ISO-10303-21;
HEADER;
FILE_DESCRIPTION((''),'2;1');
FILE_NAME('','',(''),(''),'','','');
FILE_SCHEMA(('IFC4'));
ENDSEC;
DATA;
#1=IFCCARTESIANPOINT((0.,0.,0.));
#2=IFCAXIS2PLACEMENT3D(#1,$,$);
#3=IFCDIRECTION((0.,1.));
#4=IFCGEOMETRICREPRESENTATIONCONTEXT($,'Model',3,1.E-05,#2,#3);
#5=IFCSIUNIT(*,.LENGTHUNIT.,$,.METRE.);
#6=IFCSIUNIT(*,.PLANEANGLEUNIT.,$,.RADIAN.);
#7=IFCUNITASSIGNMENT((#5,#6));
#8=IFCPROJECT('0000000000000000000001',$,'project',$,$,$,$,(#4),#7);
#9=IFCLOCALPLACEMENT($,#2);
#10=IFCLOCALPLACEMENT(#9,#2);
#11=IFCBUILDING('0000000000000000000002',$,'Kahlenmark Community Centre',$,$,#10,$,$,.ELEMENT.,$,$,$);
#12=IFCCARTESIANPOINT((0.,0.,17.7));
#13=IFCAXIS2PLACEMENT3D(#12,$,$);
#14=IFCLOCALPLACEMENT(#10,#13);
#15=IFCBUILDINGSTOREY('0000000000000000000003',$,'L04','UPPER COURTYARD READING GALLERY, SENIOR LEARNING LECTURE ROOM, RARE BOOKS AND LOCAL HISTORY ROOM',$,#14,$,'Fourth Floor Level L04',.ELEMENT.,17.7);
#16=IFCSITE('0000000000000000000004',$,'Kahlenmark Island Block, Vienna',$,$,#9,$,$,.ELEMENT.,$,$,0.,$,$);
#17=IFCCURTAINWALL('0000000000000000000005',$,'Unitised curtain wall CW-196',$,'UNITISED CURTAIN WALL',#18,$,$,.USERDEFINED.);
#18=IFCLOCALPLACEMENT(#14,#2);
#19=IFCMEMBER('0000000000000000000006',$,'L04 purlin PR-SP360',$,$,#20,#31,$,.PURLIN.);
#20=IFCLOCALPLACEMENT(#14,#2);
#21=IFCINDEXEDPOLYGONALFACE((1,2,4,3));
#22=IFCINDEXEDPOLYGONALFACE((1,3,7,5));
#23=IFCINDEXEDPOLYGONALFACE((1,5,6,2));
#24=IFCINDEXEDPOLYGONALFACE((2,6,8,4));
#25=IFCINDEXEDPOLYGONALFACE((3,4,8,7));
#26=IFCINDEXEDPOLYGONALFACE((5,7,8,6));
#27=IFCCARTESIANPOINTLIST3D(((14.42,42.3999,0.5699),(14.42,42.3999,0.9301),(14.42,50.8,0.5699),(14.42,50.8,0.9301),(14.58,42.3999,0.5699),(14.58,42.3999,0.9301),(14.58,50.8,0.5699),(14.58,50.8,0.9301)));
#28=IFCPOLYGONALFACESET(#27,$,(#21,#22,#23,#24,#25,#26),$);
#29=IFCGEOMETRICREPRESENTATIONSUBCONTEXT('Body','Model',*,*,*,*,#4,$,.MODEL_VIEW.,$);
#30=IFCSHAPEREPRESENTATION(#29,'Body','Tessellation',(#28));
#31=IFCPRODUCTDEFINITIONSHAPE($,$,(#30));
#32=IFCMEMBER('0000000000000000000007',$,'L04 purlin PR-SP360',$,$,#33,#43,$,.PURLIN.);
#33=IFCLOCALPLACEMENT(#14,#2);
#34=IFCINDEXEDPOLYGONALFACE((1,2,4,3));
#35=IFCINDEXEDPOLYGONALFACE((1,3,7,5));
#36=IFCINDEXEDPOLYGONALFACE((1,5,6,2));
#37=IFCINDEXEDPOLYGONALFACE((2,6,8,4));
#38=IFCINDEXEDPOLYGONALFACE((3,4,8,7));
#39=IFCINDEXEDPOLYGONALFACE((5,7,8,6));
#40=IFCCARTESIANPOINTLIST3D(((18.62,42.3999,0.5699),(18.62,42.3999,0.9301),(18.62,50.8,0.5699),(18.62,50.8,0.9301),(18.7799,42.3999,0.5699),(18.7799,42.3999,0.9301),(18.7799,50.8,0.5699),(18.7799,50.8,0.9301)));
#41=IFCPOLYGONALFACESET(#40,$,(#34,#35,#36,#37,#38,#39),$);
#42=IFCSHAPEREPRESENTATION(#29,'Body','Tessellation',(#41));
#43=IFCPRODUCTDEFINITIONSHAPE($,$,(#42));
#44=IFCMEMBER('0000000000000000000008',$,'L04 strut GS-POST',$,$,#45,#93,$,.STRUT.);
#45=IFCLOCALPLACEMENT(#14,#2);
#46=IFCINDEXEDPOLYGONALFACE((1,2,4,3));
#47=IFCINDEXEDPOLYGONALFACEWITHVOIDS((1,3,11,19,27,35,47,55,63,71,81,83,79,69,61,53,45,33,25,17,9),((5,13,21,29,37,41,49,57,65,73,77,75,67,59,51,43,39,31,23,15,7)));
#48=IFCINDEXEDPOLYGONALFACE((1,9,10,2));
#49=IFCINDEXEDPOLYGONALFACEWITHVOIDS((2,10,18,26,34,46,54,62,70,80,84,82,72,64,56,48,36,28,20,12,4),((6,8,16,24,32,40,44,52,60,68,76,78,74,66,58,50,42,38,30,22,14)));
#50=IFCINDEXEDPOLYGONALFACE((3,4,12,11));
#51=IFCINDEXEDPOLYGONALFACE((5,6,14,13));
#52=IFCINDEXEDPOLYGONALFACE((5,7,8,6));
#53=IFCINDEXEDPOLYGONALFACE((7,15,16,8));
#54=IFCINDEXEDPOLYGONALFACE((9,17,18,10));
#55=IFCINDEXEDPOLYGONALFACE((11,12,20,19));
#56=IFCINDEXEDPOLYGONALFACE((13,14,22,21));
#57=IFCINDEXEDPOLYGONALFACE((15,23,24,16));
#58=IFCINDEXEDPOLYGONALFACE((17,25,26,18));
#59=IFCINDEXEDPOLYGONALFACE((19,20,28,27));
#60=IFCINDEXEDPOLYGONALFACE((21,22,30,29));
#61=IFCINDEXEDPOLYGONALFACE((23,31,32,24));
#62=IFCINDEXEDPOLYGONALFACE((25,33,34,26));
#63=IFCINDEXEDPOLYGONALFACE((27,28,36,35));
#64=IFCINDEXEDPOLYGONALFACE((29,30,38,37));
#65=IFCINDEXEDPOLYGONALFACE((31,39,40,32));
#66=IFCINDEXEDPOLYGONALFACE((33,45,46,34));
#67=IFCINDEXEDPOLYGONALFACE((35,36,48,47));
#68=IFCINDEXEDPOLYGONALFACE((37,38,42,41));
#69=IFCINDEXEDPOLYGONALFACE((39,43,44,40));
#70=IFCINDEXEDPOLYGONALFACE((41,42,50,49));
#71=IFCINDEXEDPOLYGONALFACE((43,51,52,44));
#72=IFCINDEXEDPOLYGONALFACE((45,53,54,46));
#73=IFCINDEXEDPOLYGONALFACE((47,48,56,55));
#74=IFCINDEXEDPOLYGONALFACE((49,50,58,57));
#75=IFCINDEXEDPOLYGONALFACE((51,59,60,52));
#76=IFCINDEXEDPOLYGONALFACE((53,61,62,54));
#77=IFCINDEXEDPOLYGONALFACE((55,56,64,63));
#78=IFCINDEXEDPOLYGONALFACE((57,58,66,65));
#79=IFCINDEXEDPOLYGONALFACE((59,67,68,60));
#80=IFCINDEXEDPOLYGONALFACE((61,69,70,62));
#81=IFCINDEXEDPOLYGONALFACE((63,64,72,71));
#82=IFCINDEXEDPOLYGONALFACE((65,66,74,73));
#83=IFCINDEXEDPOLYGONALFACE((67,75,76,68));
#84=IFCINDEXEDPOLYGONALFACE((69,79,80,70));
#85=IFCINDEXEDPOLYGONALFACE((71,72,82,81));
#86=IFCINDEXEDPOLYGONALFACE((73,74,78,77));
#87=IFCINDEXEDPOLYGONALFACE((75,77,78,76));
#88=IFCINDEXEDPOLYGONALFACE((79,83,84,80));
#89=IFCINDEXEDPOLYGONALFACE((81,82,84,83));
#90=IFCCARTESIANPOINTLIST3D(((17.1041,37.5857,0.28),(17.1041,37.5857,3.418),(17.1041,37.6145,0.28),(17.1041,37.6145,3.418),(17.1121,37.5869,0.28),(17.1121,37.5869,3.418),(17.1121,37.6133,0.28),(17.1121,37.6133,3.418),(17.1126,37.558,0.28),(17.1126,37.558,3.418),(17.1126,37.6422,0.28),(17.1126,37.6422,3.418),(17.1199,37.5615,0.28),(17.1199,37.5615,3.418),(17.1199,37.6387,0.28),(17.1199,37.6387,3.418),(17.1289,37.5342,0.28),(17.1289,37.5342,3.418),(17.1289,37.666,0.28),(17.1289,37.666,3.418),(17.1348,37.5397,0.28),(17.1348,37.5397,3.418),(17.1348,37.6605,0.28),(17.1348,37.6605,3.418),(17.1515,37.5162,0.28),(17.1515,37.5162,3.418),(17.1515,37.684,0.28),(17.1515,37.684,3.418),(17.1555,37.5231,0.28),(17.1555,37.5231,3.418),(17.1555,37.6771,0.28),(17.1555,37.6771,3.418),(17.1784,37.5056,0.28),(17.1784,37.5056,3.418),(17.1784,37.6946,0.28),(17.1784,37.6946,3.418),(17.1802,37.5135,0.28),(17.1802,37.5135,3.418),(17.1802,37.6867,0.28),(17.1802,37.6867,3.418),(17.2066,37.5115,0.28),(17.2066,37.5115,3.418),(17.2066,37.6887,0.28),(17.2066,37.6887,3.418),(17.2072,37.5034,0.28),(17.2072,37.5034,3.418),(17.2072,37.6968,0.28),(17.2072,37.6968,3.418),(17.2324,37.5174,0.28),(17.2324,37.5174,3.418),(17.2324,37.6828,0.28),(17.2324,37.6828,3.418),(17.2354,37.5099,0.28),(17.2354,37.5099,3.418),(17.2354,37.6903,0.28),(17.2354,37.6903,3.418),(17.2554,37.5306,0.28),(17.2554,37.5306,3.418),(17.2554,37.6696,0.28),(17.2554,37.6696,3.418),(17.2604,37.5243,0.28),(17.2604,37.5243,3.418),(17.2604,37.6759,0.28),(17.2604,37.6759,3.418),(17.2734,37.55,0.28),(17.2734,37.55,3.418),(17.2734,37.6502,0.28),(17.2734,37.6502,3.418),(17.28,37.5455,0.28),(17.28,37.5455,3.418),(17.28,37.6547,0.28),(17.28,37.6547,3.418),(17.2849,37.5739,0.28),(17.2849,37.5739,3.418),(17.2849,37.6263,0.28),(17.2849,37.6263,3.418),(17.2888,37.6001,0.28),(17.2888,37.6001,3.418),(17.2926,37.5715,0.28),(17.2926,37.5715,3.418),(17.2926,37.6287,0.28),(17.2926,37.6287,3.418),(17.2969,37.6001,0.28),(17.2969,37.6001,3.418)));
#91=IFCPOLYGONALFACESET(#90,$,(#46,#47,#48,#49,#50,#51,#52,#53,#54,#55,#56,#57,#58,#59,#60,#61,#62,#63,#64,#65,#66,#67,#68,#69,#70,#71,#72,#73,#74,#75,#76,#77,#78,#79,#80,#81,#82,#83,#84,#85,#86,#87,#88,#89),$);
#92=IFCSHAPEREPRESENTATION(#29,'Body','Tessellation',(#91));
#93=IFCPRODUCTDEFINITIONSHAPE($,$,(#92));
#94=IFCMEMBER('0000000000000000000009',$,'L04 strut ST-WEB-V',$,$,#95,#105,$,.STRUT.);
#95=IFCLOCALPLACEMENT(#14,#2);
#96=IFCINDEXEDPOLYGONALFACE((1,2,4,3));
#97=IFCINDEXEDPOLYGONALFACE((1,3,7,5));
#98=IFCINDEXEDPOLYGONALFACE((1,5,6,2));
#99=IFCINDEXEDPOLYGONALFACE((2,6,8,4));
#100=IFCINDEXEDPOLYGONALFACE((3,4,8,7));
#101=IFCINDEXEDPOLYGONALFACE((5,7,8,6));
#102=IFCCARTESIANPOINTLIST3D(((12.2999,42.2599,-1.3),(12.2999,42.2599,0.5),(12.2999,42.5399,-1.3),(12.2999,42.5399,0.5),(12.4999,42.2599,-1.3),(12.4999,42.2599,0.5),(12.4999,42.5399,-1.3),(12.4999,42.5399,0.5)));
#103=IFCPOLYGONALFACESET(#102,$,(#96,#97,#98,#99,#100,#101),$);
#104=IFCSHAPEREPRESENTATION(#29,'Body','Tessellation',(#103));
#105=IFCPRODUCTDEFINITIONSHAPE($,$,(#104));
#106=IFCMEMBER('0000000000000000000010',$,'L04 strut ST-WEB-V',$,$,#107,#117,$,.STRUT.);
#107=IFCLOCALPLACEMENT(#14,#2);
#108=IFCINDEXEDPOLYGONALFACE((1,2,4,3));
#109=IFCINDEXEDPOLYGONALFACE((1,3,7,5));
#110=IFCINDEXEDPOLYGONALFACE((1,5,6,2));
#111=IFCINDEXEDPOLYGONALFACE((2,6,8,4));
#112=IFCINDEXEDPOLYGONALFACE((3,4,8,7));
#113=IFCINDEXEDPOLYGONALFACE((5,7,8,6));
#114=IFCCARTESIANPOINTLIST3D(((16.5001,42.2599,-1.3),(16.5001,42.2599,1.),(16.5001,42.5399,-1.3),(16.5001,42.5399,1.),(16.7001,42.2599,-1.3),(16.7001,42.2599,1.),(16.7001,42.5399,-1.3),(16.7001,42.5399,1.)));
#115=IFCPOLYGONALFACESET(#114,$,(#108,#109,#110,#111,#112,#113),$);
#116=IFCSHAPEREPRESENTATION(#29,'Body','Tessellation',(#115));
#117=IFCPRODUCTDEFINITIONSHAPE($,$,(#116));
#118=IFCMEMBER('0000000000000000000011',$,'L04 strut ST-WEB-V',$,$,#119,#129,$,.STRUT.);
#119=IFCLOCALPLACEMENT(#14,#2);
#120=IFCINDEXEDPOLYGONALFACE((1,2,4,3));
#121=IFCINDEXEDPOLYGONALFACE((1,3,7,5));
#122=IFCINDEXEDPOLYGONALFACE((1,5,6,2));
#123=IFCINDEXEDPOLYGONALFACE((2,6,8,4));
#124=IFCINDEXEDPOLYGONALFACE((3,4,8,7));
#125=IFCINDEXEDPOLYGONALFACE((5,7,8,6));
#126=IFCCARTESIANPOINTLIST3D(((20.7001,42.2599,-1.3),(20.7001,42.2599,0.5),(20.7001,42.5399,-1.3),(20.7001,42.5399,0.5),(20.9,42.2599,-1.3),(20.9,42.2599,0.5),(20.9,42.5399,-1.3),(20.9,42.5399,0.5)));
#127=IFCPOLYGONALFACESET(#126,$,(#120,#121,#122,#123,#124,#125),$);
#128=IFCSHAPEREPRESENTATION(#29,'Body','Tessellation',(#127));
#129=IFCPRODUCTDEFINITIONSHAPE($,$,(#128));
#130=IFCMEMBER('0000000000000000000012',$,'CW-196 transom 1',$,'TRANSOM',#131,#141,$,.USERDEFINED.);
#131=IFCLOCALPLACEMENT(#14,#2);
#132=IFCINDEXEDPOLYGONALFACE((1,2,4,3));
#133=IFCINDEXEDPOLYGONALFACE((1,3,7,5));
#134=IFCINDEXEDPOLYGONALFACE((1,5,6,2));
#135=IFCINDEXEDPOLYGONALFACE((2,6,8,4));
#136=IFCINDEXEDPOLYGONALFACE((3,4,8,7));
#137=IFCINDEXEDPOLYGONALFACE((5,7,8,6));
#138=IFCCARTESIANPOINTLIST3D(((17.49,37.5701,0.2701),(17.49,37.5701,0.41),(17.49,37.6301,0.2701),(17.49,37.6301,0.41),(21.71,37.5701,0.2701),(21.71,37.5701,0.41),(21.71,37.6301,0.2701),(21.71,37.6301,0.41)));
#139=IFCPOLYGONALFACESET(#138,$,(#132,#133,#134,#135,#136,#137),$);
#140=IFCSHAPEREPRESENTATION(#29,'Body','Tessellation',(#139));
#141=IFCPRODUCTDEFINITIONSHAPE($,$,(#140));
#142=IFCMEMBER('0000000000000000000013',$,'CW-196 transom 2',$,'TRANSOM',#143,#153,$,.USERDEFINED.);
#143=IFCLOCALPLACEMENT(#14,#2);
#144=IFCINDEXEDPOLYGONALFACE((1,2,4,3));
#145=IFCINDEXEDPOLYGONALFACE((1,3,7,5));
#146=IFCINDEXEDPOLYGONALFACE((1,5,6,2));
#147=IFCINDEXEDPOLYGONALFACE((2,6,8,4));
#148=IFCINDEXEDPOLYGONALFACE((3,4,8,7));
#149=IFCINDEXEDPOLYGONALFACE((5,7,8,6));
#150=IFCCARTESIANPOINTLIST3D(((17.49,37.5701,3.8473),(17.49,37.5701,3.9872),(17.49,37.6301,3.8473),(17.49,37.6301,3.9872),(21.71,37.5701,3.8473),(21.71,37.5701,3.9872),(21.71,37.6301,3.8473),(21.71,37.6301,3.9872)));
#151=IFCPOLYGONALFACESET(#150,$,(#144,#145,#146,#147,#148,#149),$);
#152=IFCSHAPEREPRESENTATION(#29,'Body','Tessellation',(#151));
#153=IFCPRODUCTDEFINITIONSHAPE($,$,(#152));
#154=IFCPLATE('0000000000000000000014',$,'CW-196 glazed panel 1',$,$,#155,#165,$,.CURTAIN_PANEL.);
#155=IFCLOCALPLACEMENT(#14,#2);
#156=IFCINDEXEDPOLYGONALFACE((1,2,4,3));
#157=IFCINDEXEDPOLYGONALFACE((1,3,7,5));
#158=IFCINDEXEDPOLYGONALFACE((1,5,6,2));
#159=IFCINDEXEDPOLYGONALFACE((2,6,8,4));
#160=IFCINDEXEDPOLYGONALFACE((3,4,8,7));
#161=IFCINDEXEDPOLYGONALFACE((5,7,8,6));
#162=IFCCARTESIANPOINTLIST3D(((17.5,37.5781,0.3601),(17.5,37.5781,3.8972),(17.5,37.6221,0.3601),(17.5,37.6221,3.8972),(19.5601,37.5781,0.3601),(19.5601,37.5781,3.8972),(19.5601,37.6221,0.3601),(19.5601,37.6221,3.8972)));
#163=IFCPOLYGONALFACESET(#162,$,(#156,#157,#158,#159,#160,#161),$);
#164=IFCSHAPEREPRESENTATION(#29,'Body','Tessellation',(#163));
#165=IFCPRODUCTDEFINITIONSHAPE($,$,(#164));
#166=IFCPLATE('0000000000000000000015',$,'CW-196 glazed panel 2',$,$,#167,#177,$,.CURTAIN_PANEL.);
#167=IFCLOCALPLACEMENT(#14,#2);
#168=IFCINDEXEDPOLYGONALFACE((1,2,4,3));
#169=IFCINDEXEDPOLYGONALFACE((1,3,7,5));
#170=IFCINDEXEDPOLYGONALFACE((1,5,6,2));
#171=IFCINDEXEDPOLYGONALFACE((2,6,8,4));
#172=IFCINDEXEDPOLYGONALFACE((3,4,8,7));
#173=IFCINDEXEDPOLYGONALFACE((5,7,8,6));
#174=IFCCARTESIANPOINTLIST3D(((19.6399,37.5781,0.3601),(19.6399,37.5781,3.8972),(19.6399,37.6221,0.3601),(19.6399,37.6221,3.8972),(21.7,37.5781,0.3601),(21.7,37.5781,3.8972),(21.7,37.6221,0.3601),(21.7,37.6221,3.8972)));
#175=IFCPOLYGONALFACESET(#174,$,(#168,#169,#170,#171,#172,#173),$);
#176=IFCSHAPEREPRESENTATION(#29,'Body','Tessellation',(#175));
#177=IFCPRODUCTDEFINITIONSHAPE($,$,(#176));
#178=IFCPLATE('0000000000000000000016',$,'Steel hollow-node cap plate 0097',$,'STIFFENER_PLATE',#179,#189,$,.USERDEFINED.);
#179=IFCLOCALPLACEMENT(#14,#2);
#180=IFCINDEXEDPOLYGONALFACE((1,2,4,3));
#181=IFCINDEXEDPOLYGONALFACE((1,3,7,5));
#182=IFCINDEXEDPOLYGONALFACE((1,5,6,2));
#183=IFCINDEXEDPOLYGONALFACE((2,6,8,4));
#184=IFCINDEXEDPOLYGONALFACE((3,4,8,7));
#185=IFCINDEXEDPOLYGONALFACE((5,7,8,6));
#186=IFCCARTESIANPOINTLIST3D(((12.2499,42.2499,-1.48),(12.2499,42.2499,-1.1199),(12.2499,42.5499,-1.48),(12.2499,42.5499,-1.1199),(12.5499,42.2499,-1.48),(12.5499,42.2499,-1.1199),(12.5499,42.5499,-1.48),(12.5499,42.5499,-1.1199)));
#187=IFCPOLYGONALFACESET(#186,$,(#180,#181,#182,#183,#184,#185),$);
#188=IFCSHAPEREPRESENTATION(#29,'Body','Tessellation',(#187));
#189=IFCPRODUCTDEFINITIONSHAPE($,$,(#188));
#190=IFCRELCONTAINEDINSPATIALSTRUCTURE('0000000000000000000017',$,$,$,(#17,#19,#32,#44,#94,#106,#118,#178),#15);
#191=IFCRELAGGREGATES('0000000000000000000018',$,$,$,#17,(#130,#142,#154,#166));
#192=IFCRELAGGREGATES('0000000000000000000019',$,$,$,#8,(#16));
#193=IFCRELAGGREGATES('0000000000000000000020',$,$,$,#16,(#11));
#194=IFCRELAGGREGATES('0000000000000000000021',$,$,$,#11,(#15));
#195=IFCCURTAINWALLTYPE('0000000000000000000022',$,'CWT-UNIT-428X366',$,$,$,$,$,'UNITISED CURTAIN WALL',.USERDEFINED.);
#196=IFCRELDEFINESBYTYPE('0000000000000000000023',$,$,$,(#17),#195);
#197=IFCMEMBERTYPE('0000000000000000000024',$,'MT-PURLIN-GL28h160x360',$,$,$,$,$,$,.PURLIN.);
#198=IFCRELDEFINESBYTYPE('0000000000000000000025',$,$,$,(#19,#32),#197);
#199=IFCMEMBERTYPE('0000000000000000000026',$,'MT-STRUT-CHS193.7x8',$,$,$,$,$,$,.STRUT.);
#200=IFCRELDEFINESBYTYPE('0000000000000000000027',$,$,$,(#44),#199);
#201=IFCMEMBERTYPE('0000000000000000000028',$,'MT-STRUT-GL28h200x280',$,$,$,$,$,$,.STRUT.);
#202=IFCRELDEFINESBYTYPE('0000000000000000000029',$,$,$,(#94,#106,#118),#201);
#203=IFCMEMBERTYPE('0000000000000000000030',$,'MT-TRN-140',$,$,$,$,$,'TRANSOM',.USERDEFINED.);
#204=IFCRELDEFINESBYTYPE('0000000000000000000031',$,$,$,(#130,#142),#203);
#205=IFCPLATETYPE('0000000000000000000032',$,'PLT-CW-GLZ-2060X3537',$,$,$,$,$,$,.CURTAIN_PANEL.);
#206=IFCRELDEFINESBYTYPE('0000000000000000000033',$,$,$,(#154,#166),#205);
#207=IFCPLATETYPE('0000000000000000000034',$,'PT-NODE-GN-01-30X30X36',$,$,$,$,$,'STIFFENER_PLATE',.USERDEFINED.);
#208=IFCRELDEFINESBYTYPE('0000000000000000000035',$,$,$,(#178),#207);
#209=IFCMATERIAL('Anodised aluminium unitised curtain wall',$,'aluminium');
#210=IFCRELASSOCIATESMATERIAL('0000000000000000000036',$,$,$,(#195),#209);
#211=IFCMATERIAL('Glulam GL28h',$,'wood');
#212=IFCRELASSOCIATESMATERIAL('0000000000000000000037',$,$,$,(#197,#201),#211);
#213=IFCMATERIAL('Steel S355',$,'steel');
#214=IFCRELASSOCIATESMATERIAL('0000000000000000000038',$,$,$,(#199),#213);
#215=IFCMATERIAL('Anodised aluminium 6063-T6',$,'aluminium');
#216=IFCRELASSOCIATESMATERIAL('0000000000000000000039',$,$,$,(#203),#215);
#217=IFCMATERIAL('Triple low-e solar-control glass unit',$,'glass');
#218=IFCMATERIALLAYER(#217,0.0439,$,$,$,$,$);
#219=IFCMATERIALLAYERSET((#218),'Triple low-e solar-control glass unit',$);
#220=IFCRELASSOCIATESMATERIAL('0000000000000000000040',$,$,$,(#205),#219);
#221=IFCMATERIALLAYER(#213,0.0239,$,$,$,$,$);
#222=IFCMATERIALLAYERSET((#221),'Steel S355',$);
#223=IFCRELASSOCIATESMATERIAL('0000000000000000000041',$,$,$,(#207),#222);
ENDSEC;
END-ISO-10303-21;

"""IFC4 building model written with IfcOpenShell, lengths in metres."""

from ifc_helpers import new_model, si_unit, direction, frame, origin, origin_2d, place, context, subcontext, project, spatial, rectangle, hollow_circle, extrude, material, layer, layer_set, material_profile, profile_set, type_object, element, aggregate, save


model = new_model("IFC4")

# Units and contexts
model_context = context("Model", 3, precision=1e-05, world=origin(), true_north=direction((0.0, 1.0)))
body_context = subcontext(model_context, "Body", "Model", "MODEL_VIEW")
ifc_project = project(units=[si_unit("LENGTHUNIT", "METRE"), si_unit("PLANEANGLEUNIT", "RADIAN")], contexts=[model_context])

# Site, building, storey
site_placement = place(None, origin())
site = spatial("IfcSite", under=ifc_project, at=site_placement, Name="Kahlenmark Island Block, Vienna", CompositionType="ELEMENT", RefElevation=0.0)
building_placement = place(site_placement, origin())
building = spatial("IfcBuilding", under=site, at=building_placement, Name="Kahlenmark Community Centre", CompositionType="ELEMENT")
storey_placement = place(building_placement, frame((0.0, 0.0, 17.7)))
storey = spatial("IfcBuildingStorey", under=building, at=storey_placement, Name="L04", Description="UPPER COURTYARD READING GALLERY, SENIOR LEARNING LECTURE ROOM, RARE BOOKS AND LOCAL HISTORY ROOM", LongName="Fourth Floor Level L04", CompositionType="ELEMENT", Elevation=17.7)

# Shared definitions
ifc_material_1 = material(Name="Steel S355", Category="steel")

# Curtain wall
ifc_material_2 = material(Name="Anodised aluminium unitised curtain wall", Category="aluminium")
curtain_wall_type = type_object("IfcCurtainWallType", Name="CWT-UNIT-428X366", ElementType="UNITISED CURTAIN WALL", PredefinedType="USERDEFINED", material=ifc_material_2)
curtain_wall_placement = place(storey_placement, origin())
curtain_wall = element("IfcCurtainWall", 1, at=curtain_wall_placement, inside=storey, type_object=curtain_wall_type, Name="Unitised curtain wall CW-196", ObjectType="UNITISED CURTAIN WALL", PredefinedType="USERDEFINED")
ifc_material_3 = material(Name="Anodised aluminium 6063-T6", Category="aluminium")

# Members
ifc_material_4 = material(Name="Glulam GL28h", Category="wood")
ifc_material_profile_1 = material_profile(ifc_material_4, rectangle(XDim=0.1599, YDim=0.3601, at=origin_2d()), Name="GL28h 160x360")
ifc_profile_set_1 = profile_set([ifc_material_profile_1], Name="Glulam GL28h")
member_type_1 = type_object("IfcMemberType", Name="MT-PURLIN-GL28h160x360", PredefinedType="PURLIN", material=ifc_profile_set_1)
for number, where, z_axis, x_axis, name in (
    (2, (14.5, 42.3999, 0.75), (0.0, 1.0, 0.0), (-1.0, 0.0, 0.0), "L04 purlin PR-SP360"),
    (3, (18.7, 42.3999, 0.75), (0.0, 1.0, 0.0), (-1.0, 0.0, 0.0), "L04 purlin PR-SP360"),
):
    element("IfcMember", number, at=place(storey_placement, frame(where, z_axis=z_axis, x_axis=x_axis)), inside=storey, type_object=member_type_1, Name=name, PredefinedType="PURLIN", context=body_context, shape_type="SweptSolid", body=[
        extrude(rectangle(XDim=0.1599, YDim=0.3601, at=origin_2d()), origin(), (0.0, 0.0, 1.0), 8.4001),
    ])
ifc_material_profile_2 = material_profile(ifc_material_1, hollow_circle(Radius=0.0969, WallThickness=0.0081, at=origin_2d()), Name="CHS 193.7x8")
ifc_profile_set_2 = profile_set([ifc_material_profile_2], Name="Steel S355")
member_type_2 = type_object("IfcMemberType", Name="MT-STRUT-CHS193.7x8", PredefinedType="STRUT", material=ifc_profile_set_2)
member_1_placement = place(storey_placement, frame((17.2, 37.6001, 0.28), z_axis=(0.0, 0.0, 1.0), x_axis=(1.0, 0.0, 0.0)))
element("IfcMember", 4, at=member_1_placement, inside=storey, type_object=member_type_2, Name="L04 strut GS-POST", PredefinedType="STRUT", context=body_context, shape_type="SweptSolid", body=[
    extrude(hollow_circle(Radius=0.0969, WallThickness=0.0081, at=origin_2d()), origin(), (0.0, 0.0, 1.0), 3.1379),
])
ifc_material_profile_3 = material_profile(ifc_material_4, rectangle(XDim=0.2, YDim=0.28, at=origin_2d()), Name="GL28h 200x280")
ifc_profile_set_3 = profile_set([ifc_material_profile_3], Name="Glulam GL28h")
member_type_3 = type_object("IfcMemberType", Name="MT-STRUT-GL28h200x280", PredefinedType="STRUT", material=ifc_profile_set_3)
member_2_placement = place(storey_placement, frame((12.3999, 42.3999, -1.3), z_axis=(0.0, 0.0, 1.0), x_axis=(1.0, 0.0, 0.0)))
element("IfcMember", 5, at=member_2_placement, inside=storey, type_object=member_type_3, Name="L04 strut ST-WEB-V", PredefinedType="STRUT", context=body_context, shape_type="SweptSolid", body=[
    extrude(rectangle(XDim=0.2, YDim=0.28, at=origin_2d()), origin(), (0.0, 0.0, 1.0), 1.8),
])
member_3_placement = place(storey_placement, frame((16.6001, 42.3999, -1.3), z_axis=(0.0, 0.0, 1.0), x_axis=(1.0, 0.0, 0.0)))
element("IfcMember", 6, at=member_3_placement, inside=storey, type_object=member_type_3, Name="L04 strut ST-WEB-V", PredefinedType="STRUT", context=body_context, shape_type="SweptSolid", body=[
    extrude(rectangle(XDim=0.2, YDim=0.28, at=origin_2d()), origin(), (0.0, 0.0, 1.0), 2.3),
])
member_4_placement = place(storey_placement, frame((20.8, 42.3999, -1.3), z_axis=(0.0, 0.0, 1.0), x_axis=(1.0, 0.0, 0.0)))
element("IfcMember", 7, at=member_4_placement, inside=storey, type_object=member_type_3, Name="L04 strut ST-WEB-V", PredefinedType="STRUT", context=body_context, shape_type="SweptSolid", body=[
    extrude(rectangle(XDim=0.2, YDim=0.28, at=origin_2d()), origin(), (0.0, 0.0, 1.0), 1.8),
])

# Members
ifc_material_profile_4 = material_profile(ifc_material_3, rectangle(XDim=0.0601, YDim=0.1399, at=origin_2d()), Name="ALU TRANSOM 60x140")
ifc_profile_set_4 = profile_set([ifc_material_profile_4], Name="Anodised aluminium 6063-T6")
member_type_4 = type_object("IfcMemberType", Name="MT-TRN-140", ElementType="TRANSOM", PredefinedType="USERDEFINED", material=ifc_profile_set_4)
member_5_placement = place(storey_placement, frame((17.49, 37.6001, 0.3401), z_axis=(1.0, 0.0, 0.0), x_axis=(0.0, 1.0, 0.0)))
member_5 = element("IfcMember", 8, at=member_5_placement, type_object=member_type_4, Name="CW-196 transom 1", ObjectType="TRANSOM", PredefinedType="USERDEFINED", context=body_context, shape_type="SweptSolid", body=[
    extrude(rectangle(XDim=0.0601, YDim=0.1399, at=origin_2d()), origin(), (0.0, 0.0, 1.0), 4.22),
])
member_6_placement = place(storey_placement, frame((17.49, 37.6001, 3.9172), z_axis=(1.0, 0.0, 0.0), x_axis=(0.0, 1.0, 0.0)))
member_6 = element("IfcMember", 9, at=member_6_placement, type_object=member_type_4, Name="CW-196 transom 2", ObjectType="TRANSOM", PredefinedType="USERDEFINED", context=body_context, shape_type="SweptSolid", body=[
    extrude(rectangle(XDim=0.0601, YDim=0.1399, at=origin_2d()), origin(), (0.0, 0.0, 1.0), 4.22),
])

# Plates
ifc_material_5 = material(Name="Triple low-e solar-control glass unit", Category="glass")
ifc_layer_1 = layer(ifc_material_5, 0.0439)
ifc_layer_set_1 = layer_set([ifc_layer_1], Name="Triple low-e solar-control glass unit")
plate_type_1 = type_object("IfcPlateType", Name="PLT-CW-GLZ-2060X3537", PredefinedType="CURTAIN_PANEL", material=ifc_layer_set_1)
plate_1_placement = place(storey_placement, frame((18.53, 37.6001, 0.3601), z_axis=(0.0, 0.0, 1.0), x_axis=(1.0, 0.0, 0.0)))
plate_1 = element("IfcPlate", 10, at=plate_1_placement, type_object=plate_type_1, Name="CW-196 glazed panel 1", PredefinedType="CURTAIN_PANEL", context=body_context, shape_type="SweptSolid", body=[
    extrude(rectangle(XDim=2.0601, YDim=0.0439, at=origin_2d()), origin(), (0.0, 0.0, 1.0), 3.5371),
])
plate_2_placement = place(storey_placement, frame((20.6699, 37.6001, 0.3601), z_axis=(0.0, 0.0, 1.0), x_axis=(1.0, 0.0, 0.0)))
plate_2 = element("IfcPlate", 11, at=plate_2_placement, type_object=plate_type_1, Name="CW-196 glazed panel 2", PredefinedType="CURTAIN_PANEL", context=body_context, shape_type="SweptSolid", body=[
    extrude(rectangle(XDim=2.0601, YDim=0.0439, at=origin_2d()), origin(), (0.0, 0.0, 1.0), 3.5371),
])
aggregate(curtain_wall, [member_5, member_6, plate_1, plate_2])

# Plate
ifc_layer_2 = layer(ifc_material_1, 0.0239)
ifc_layer_set_2 = layer_set([ifc_layer_2], Name="Steel S355")
plate_type_2 = type_object("IfcPlateType", Name="PT-NODE-GN-01-30X30X36", ElementType="STIFFENER_PLATE", PredefinedType="USERDEFINED", material=ifc_layer_set_2)
for number, where, z_axis, x_axis, name in (
    (12, (12.3999, 42.3999, -1.48), (0.0, 0.0, 1.0), (1.0, 0.0, 0.0), "Steel hollow-node cap plate 0097"),
):
    element("IfcPlate", number, at=place(storey_placement, frame(where, z_axis=z_axis, x_axis=x_axis)), inside=storey, type_object=plate_type_2, Name=name, ObjectType="STIFFENER_PLATE", PredefinedType="USERDEFINED", context=body_context, shape_type="SweptSolid", body=[
        extrude(rectangle(XDim=0.3, YDim=0.3, at=origin_2d()), origin(), (0.0, 0.0, 1.0), 0.3601),
    ])

save(model, "model.ifc")
